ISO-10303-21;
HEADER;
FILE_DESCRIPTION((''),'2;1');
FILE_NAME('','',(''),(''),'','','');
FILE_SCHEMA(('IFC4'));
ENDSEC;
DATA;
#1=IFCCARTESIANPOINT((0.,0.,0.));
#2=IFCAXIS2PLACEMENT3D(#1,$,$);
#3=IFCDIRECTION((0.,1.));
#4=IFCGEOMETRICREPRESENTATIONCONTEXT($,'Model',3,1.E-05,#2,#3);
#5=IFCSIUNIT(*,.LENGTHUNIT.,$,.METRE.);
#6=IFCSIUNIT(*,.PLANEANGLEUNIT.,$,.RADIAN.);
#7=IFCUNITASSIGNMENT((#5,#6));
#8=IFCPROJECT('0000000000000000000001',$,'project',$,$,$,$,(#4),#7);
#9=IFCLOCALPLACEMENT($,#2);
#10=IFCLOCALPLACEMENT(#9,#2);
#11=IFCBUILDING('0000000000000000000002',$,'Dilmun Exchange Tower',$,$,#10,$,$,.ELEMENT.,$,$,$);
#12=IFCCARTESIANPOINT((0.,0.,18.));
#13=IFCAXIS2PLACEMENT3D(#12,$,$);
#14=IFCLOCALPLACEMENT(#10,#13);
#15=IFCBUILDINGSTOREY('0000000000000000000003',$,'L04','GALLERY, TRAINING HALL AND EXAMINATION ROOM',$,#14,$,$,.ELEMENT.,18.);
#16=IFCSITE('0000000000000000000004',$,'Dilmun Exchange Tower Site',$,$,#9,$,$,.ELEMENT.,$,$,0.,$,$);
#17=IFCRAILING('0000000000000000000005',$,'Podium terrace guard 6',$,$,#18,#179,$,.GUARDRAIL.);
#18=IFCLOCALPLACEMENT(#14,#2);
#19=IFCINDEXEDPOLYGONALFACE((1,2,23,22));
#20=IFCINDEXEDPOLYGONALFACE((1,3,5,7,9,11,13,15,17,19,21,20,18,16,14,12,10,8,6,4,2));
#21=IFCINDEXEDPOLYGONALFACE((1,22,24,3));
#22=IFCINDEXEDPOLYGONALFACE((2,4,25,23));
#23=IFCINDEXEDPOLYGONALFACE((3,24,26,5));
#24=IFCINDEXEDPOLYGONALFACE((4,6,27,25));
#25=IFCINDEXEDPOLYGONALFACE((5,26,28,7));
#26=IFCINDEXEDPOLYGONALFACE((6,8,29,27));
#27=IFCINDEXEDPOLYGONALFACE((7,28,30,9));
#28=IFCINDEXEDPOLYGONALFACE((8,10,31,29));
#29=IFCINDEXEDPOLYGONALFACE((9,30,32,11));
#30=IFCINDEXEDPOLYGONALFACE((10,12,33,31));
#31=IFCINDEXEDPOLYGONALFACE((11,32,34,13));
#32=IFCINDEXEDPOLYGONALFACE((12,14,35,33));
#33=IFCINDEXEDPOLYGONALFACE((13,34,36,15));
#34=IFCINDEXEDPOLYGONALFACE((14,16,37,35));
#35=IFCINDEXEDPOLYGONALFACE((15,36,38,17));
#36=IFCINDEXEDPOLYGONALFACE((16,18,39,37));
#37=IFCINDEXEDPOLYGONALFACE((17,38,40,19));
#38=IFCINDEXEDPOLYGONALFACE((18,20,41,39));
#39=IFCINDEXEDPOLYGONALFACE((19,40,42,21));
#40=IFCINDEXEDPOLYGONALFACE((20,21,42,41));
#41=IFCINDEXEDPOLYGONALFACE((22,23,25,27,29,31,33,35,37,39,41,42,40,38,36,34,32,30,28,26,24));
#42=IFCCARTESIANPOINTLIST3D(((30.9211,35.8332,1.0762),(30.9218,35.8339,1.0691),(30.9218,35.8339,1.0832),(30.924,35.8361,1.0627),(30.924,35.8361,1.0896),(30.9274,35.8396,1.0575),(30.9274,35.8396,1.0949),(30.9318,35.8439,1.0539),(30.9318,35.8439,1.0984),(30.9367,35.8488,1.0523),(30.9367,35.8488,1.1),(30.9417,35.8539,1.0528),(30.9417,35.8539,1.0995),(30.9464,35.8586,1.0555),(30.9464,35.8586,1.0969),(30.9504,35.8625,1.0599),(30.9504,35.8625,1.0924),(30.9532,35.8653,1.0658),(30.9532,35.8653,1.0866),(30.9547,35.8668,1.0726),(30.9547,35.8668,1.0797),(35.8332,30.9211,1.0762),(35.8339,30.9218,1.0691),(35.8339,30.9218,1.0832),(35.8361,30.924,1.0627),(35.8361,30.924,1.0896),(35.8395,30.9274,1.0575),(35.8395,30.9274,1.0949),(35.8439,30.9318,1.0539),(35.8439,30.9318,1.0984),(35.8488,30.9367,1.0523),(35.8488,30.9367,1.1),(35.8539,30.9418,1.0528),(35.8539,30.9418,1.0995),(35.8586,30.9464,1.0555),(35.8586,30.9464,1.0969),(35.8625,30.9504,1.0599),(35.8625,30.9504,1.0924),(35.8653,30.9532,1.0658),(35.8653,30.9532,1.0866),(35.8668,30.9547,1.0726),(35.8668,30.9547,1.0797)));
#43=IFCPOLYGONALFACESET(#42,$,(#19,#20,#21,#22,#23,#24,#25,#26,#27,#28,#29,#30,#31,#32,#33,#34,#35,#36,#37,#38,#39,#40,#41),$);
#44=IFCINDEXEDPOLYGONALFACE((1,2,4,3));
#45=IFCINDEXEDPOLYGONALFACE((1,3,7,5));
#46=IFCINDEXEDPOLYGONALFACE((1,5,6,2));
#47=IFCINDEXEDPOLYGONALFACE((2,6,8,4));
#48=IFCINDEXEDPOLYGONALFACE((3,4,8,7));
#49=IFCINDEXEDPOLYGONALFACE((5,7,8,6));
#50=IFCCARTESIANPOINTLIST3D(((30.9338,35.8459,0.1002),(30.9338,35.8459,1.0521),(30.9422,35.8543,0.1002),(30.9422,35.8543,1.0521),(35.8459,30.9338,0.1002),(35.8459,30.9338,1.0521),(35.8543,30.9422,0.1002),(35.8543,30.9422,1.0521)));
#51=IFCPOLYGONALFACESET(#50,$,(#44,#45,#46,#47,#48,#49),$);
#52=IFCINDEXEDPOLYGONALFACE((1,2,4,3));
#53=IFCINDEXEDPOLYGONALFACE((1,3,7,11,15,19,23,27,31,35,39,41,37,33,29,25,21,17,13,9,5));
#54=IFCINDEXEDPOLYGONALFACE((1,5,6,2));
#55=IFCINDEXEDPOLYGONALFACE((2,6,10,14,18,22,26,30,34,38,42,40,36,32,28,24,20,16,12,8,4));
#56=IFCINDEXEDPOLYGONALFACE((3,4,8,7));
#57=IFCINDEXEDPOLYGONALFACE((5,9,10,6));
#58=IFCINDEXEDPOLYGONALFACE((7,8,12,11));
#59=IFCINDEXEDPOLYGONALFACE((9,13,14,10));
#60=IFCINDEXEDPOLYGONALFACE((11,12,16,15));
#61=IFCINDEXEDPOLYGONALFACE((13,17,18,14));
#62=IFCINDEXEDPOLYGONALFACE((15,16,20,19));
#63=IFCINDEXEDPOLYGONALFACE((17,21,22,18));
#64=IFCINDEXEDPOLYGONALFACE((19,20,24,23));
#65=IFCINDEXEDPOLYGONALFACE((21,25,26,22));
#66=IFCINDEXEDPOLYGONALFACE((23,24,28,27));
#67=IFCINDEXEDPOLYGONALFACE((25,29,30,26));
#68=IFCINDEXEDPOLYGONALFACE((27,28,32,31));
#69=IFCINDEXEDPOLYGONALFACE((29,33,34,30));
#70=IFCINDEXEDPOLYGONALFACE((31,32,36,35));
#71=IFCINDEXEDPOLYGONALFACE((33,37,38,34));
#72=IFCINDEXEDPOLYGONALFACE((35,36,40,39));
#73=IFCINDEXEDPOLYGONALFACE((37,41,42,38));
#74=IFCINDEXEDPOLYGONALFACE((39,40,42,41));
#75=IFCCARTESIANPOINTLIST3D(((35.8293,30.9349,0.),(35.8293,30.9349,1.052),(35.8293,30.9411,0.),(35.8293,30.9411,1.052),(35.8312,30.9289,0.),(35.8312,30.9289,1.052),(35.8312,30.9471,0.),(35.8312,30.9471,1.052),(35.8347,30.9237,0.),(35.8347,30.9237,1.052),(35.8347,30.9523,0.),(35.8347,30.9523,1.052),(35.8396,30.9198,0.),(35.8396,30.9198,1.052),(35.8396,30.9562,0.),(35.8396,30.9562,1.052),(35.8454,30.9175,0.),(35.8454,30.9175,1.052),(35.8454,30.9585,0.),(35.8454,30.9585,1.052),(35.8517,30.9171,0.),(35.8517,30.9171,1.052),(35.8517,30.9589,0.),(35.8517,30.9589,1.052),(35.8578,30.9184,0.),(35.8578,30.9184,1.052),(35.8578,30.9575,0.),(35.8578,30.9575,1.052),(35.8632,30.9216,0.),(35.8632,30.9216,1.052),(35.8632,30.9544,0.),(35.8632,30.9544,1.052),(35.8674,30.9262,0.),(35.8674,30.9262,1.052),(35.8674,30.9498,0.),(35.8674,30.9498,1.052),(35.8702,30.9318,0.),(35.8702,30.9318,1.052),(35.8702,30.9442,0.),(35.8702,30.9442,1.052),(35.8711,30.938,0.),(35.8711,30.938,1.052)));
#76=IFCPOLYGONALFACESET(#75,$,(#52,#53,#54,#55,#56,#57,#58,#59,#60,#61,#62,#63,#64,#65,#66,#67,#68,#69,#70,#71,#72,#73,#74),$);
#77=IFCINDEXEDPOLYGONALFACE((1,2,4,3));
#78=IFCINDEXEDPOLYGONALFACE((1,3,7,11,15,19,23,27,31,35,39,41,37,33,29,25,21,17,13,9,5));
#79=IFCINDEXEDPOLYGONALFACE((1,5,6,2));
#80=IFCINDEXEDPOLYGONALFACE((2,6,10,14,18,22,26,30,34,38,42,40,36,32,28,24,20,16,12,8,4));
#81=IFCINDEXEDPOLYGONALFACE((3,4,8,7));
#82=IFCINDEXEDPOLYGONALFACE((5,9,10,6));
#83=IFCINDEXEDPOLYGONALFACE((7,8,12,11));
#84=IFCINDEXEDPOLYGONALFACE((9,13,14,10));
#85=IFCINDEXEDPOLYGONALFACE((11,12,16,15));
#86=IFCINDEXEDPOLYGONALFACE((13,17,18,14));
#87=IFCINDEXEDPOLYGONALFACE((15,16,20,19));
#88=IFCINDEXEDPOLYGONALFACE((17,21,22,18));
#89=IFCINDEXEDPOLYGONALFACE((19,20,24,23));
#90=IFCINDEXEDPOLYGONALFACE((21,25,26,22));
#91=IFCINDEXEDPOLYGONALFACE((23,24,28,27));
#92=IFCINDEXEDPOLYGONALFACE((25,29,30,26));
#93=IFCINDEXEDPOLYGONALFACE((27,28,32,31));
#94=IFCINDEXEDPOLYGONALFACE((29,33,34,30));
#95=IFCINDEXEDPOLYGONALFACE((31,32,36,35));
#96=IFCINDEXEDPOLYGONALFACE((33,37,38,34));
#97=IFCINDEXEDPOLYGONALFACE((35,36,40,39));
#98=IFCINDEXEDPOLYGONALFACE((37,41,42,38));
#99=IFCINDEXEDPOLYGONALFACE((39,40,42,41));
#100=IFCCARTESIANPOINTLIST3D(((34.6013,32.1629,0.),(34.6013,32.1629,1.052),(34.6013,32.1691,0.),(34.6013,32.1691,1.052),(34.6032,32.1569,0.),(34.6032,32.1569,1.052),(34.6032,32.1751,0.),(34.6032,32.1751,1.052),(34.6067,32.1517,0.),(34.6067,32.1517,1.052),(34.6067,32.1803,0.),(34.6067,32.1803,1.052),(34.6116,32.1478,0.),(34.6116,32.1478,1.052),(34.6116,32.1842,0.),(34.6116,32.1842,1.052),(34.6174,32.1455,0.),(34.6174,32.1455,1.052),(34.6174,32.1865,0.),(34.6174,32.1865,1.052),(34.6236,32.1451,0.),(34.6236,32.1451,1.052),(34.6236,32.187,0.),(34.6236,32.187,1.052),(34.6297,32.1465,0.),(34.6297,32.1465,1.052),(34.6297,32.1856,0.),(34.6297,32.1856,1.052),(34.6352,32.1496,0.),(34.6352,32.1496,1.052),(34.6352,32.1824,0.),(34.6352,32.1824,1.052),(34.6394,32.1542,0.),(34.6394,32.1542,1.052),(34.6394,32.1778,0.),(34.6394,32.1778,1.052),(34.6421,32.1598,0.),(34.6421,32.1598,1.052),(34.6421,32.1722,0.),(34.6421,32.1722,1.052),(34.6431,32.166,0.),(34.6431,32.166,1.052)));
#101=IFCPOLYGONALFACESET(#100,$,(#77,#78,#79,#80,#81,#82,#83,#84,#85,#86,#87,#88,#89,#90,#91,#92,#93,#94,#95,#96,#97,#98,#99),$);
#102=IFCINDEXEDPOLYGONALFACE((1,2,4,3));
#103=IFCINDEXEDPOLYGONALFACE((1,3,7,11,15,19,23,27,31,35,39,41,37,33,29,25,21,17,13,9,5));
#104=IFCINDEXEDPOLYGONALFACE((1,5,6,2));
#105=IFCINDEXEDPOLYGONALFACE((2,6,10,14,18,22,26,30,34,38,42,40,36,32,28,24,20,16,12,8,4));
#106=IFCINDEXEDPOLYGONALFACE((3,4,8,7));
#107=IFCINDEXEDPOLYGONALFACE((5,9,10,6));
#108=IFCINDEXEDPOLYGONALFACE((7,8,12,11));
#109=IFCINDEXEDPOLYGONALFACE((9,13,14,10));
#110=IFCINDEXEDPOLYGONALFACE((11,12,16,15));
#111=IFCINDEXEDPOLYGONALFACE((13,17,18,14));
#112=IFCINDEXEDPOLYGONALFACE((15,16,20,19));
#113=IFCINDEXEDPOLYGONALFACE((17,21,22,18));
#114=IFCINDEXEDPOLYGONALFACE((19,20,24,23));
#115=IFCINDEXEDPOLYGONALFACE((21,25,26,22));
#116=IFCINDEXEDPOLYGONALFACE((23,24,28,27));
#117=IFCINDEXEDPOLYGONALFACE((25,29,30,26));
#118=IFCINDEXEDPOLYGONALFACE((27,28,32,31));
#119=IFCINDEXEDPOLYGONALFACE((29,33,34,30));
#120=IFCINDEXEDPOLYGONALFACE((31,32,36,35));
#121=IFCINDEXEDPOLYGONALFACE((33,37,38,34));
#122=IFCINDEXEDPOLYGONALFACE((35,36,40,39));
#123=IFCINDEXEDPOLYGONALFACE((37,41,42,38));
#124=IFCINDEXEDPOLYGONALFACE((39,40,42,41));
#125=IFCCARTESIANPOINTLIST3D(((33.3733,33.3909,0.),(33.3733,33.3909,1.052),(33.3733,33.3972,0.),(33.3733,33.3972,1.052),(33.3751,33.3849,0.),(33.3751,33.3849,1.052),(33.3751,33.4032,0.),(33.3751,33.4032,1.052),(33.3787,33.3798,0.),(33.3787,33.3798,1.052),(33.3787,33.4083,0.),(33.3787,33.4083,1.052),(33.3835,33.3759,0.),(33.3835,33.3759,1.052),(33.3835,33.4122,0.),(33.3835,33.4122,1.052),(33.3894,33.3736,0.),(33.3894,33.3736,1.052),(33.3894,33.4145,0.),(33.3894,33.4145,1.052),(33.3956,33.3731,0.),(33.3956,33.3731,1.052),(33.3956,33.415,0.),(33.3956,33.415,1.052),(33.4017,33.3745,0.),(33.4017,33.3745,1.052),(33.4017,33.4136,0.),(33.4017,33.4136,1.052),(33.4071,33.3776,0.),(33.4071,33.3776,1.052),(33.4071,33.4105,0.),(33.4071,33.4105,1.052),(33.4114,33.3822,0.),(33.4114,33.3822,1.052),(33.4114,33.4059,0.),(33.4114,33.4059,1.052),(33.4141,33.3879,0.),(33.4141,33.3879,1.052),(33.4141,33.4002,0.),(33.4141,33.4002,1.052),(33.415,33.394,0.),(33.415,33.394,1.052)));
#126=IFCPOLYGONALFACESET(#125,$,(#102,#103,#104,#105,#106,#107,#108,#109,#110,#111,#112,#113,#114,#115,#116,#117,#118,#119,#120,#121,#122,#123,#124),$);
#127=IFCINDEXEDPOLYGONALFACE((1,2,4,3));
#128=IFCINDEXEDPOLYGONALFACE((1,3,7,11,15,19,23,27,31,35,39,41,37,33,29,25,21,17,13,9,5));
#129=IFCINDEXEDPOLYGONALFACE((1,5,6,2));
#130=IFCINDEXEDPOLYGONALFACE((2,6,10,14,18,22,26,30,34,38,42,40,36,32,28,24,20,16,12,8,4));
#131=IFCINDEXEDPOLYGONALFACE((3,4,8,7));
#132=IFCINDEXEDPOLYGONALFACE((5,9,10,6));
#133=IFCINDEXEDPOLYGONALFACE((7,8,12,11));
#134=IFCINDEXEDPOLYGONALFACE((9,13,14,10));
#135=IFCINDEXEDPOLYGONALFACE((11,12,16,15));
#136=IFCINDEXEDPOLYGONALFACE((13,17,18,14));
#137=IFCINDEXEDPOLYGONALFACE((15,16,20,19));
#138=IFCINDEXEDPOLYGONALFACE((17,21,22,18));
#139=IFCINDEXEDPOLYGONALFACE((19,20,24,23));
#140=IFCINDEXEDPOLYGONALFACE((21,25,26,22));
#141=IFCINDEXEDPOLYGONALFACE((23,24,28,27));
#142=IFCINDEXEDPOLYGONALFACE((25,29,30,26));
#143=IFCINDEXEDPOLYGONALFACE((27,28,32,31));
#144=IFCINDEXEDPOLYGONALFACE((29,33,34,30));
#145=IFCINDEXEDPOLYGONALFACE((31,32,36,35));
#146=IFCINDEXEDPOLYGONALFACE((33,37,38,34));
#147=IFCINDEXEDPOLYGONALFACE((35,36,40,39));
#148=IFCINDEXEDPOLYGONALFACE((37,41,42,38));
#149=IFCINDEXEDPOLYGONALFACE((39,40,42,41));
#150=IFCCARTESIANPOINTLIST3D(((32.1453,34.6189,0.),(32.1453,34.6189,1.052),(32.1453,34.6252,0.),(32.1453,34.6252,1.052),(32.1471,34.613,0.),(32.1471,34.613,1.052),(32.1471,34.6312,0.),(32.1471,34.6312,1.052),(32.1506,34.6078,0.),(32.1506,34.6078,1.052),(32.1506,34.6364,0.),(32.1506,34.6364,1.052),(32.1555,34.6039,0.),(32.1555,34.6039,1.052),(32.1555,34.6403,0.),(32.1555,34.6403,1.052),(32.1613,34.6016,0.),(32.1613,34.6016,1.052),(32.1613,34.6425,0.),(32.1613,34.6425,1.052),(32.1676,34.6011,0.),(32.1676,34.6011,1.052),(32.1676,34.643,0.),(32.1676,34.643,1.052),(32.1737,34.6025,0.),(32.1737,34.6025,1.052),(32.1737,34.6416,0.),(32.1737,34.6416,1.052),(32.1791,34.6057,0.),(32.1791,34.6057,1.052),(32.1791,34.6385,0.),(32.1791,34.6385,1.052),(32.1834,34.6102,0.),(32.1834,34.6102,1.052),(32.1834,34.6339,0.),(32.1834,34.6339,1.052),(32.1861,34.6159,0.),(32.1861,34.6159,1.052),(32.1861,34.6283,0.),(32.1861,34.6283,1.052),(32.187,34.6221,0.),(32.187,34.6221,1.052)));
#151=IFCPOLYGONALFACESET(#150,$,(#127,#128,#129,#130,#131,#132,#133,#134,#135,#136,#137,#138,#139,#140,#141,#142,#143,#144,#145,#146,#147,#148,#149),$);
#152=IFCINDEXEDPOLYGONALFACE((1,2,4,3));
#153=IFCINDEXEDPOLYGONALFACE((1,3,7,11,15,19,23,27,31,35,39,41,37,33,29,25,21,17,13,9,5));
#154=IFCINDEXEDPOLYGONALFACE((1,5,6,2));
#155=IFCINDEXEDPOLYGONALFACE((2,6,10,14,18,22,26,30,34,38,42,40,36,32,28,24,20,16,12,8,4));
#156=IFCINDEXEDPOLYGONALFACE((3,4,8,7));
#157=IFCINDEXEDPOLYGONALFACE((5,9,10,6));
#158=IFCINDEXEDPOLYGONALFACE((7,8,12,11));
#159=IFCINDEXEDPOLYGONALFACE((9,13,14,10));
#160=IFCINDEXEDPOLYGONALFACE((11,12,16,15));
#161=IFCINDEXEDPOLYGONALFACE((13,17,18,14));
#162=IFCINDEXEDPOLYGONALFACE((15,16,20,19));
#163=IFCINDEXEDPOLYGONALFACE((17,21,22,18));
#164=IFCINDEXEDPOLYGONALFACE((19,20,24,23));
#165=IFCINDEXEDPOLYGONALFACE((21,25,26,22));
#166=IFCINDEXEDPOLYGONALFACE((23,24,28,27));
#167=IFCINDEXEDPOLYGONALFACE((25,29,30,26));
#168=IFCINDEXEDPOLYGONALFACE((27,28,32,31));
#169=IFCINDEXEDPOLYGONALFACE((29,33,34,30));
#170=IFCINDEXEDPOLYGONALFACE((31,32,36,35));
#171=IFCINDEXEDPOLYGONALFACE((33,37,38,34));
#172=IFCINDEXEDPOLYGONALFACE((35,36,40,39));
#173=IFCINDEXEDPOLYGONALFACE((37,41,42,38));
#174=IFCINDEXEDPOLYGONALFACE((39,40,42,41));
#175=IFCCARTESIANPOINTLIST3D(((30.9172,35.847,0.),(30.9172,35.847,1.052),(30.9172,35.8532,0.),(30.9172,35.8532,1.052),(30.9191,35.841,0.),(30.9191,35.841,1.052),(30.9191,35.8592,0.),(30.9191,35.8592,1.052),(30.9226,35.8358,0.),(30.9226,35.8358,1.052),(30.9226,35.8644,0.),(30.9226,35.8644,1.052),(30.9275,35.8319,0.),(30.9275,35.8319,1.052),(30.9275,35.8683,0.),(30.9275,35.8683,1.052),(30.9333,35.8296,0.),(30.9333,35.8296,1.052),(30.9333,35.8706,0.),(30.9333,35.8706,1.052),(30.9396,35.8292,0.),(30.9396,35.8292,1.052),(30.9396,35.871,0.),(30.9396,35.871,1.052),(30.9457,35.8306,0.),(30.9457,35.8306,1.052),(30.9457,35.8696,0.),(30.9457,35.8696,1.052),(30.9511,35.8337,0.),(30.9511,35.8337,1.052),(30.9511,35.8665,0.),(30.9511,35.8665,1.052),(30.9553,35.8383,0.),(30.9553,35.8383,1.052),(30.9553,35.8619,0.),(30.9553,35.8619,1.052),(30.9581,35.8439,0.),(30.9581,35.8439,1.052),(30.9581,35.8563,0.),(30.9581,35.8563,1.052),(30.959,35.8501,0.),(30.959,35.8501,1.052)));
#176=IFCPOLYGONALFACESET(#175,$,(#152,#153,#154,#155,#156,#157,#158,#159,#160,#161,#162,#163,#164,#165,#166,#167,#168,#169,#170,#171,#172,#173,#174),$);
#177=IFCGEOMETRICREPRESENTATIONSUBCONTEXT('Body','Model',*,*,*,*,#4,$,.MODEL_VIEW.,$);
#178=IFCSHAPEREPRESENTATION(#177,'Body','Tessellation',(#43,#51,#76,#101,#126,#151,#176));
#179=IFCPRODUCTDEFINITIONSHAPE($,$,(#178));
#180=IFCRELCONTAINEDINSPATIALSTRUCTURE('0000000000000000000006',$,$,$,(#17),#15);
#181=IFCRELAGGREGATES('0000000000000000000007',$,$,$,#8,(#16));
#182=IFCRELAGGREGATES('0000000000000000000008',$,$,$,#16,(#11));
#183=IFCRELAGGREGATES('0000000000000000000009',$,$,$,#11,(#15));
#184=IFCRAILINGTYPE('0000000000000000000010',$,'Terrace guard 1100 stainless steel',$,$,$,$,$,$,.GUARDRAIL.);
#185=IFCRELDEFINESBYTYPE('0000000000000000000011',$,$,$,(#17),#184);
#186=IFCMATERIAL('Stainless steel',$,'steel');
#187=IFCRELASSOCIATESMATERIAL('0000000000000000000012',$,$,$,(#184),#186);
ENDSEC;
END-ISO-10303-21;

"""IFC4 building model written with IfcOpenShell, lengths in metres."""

from ifc_helpers import new_model, si_unit, direction, frame, origin, origin_2d, place, context, subcontext, project, spatial, rectangle, circle, extrude, material, type_object, element, save


model = new_model("IFC4")

# Units and contexts
model_context = context("Model", 3, precision=1e-05, world=origin(), true_north=direction((0.0, 1.0)))
body_context = subcontext(model_context, "Body", "Model", "MODEL_VIEW")
ifc_project = project(units=[si_unit("LENGTHUNIT", "METRE"), si_unit("PLANEANGLEUNIT", "RADIAN")], contexts=[model_context])

# Site, building, storey
site_placement = place(None, origin())
site = spatial("IfcSite", under=ifc_project, at=site_placement, Name="Dilmun Exchange Tower Site", CompositionType="ELEMENT", RefElevation=0.0)
building_placement = place(site_placement, origin())
building = spatial("IfcBuilding", under=site, at=building_placement, Name="Dilmun Exchange Tower", CompositionType="ELEMENT")
storey_placement = place(building_placement, frame((0.0, 0.0, 18.0)))
storey = spatial("IfcBuildingStorey", under=building, at=storey_placement, Name="L04", Description="GALLERY, TRAINING HALL AND EXAMINATION ROOM", CompositionType="ELEMENT", Elevation=18.0)

# Railing
ifc_material_1 = material(Name="Stainless steel", Category="steel")
railing_type_1 = type_object("IfcRailingType", Name="Terrace guard 1100 stainless steel", PredefinedType="GUARDRAIL", material=ifc_material_1)
railing_1_placement = place(storey_placement, frame((35.8501, 30.938, 0.0)))
element("IfcRailing", 1, at=railing_1_placement, inside=storey, type_object=railing_type_1, Name="Podium terrace guard 6", PredefinedType="GUARDRAIL", context=body_context, shape_type="SweptSolid", body=[
    extrude(circle(Radius=0.0239, at=origin_2d()), frame((0.0, 0.0, 1.0762), z_axis=(-0.707107, 0.707107, 0.0), x_axis=(-0.707107, -0.707107, 0.0)), (0.0, 0.0, 1.0), 6.9468),
    extrude(rectangle(XDim=0.012, YDim=0.9519, at=origin_2d()), frame((0.0, 0.0, 0.5762), z_axis=(-0.707107, 0.707107, 0.0), x_axis=(-0.707107, -0.707107, 0.0)), (0.0, 0.0, 1.0), 6.9468),
    extrude(circle(Radius=0.021, at=origin_2d()), origin(), (0.0, 0.0, 1.0), 1.052),
    extrude(circle(Radius=0.021, at=origin_2d()), frame((-1.228, 1.228, 0.0)), (0.0, 0.0, 1.0), 1.052),
    extrude(circle(Radius=0.021, at=origin_2d()), frame((-2.4561, 2.4561, 0.0)), (0.0, 0.0, 1.0), 1.052),
    extrude(circle(Radius=0.021, at=origin_2d()), frame((-3.6841, 3.6841, 0.0)), (0.0, 0.0, 1.0), 1.052),
    extrude(circle(Radius=0.021, at=origin_2d()), frame((-4.9121, 4.9121, 0.0)), (0.0, 0.0, 1.0), 1.052),
])

save(model, "model.ifc")
